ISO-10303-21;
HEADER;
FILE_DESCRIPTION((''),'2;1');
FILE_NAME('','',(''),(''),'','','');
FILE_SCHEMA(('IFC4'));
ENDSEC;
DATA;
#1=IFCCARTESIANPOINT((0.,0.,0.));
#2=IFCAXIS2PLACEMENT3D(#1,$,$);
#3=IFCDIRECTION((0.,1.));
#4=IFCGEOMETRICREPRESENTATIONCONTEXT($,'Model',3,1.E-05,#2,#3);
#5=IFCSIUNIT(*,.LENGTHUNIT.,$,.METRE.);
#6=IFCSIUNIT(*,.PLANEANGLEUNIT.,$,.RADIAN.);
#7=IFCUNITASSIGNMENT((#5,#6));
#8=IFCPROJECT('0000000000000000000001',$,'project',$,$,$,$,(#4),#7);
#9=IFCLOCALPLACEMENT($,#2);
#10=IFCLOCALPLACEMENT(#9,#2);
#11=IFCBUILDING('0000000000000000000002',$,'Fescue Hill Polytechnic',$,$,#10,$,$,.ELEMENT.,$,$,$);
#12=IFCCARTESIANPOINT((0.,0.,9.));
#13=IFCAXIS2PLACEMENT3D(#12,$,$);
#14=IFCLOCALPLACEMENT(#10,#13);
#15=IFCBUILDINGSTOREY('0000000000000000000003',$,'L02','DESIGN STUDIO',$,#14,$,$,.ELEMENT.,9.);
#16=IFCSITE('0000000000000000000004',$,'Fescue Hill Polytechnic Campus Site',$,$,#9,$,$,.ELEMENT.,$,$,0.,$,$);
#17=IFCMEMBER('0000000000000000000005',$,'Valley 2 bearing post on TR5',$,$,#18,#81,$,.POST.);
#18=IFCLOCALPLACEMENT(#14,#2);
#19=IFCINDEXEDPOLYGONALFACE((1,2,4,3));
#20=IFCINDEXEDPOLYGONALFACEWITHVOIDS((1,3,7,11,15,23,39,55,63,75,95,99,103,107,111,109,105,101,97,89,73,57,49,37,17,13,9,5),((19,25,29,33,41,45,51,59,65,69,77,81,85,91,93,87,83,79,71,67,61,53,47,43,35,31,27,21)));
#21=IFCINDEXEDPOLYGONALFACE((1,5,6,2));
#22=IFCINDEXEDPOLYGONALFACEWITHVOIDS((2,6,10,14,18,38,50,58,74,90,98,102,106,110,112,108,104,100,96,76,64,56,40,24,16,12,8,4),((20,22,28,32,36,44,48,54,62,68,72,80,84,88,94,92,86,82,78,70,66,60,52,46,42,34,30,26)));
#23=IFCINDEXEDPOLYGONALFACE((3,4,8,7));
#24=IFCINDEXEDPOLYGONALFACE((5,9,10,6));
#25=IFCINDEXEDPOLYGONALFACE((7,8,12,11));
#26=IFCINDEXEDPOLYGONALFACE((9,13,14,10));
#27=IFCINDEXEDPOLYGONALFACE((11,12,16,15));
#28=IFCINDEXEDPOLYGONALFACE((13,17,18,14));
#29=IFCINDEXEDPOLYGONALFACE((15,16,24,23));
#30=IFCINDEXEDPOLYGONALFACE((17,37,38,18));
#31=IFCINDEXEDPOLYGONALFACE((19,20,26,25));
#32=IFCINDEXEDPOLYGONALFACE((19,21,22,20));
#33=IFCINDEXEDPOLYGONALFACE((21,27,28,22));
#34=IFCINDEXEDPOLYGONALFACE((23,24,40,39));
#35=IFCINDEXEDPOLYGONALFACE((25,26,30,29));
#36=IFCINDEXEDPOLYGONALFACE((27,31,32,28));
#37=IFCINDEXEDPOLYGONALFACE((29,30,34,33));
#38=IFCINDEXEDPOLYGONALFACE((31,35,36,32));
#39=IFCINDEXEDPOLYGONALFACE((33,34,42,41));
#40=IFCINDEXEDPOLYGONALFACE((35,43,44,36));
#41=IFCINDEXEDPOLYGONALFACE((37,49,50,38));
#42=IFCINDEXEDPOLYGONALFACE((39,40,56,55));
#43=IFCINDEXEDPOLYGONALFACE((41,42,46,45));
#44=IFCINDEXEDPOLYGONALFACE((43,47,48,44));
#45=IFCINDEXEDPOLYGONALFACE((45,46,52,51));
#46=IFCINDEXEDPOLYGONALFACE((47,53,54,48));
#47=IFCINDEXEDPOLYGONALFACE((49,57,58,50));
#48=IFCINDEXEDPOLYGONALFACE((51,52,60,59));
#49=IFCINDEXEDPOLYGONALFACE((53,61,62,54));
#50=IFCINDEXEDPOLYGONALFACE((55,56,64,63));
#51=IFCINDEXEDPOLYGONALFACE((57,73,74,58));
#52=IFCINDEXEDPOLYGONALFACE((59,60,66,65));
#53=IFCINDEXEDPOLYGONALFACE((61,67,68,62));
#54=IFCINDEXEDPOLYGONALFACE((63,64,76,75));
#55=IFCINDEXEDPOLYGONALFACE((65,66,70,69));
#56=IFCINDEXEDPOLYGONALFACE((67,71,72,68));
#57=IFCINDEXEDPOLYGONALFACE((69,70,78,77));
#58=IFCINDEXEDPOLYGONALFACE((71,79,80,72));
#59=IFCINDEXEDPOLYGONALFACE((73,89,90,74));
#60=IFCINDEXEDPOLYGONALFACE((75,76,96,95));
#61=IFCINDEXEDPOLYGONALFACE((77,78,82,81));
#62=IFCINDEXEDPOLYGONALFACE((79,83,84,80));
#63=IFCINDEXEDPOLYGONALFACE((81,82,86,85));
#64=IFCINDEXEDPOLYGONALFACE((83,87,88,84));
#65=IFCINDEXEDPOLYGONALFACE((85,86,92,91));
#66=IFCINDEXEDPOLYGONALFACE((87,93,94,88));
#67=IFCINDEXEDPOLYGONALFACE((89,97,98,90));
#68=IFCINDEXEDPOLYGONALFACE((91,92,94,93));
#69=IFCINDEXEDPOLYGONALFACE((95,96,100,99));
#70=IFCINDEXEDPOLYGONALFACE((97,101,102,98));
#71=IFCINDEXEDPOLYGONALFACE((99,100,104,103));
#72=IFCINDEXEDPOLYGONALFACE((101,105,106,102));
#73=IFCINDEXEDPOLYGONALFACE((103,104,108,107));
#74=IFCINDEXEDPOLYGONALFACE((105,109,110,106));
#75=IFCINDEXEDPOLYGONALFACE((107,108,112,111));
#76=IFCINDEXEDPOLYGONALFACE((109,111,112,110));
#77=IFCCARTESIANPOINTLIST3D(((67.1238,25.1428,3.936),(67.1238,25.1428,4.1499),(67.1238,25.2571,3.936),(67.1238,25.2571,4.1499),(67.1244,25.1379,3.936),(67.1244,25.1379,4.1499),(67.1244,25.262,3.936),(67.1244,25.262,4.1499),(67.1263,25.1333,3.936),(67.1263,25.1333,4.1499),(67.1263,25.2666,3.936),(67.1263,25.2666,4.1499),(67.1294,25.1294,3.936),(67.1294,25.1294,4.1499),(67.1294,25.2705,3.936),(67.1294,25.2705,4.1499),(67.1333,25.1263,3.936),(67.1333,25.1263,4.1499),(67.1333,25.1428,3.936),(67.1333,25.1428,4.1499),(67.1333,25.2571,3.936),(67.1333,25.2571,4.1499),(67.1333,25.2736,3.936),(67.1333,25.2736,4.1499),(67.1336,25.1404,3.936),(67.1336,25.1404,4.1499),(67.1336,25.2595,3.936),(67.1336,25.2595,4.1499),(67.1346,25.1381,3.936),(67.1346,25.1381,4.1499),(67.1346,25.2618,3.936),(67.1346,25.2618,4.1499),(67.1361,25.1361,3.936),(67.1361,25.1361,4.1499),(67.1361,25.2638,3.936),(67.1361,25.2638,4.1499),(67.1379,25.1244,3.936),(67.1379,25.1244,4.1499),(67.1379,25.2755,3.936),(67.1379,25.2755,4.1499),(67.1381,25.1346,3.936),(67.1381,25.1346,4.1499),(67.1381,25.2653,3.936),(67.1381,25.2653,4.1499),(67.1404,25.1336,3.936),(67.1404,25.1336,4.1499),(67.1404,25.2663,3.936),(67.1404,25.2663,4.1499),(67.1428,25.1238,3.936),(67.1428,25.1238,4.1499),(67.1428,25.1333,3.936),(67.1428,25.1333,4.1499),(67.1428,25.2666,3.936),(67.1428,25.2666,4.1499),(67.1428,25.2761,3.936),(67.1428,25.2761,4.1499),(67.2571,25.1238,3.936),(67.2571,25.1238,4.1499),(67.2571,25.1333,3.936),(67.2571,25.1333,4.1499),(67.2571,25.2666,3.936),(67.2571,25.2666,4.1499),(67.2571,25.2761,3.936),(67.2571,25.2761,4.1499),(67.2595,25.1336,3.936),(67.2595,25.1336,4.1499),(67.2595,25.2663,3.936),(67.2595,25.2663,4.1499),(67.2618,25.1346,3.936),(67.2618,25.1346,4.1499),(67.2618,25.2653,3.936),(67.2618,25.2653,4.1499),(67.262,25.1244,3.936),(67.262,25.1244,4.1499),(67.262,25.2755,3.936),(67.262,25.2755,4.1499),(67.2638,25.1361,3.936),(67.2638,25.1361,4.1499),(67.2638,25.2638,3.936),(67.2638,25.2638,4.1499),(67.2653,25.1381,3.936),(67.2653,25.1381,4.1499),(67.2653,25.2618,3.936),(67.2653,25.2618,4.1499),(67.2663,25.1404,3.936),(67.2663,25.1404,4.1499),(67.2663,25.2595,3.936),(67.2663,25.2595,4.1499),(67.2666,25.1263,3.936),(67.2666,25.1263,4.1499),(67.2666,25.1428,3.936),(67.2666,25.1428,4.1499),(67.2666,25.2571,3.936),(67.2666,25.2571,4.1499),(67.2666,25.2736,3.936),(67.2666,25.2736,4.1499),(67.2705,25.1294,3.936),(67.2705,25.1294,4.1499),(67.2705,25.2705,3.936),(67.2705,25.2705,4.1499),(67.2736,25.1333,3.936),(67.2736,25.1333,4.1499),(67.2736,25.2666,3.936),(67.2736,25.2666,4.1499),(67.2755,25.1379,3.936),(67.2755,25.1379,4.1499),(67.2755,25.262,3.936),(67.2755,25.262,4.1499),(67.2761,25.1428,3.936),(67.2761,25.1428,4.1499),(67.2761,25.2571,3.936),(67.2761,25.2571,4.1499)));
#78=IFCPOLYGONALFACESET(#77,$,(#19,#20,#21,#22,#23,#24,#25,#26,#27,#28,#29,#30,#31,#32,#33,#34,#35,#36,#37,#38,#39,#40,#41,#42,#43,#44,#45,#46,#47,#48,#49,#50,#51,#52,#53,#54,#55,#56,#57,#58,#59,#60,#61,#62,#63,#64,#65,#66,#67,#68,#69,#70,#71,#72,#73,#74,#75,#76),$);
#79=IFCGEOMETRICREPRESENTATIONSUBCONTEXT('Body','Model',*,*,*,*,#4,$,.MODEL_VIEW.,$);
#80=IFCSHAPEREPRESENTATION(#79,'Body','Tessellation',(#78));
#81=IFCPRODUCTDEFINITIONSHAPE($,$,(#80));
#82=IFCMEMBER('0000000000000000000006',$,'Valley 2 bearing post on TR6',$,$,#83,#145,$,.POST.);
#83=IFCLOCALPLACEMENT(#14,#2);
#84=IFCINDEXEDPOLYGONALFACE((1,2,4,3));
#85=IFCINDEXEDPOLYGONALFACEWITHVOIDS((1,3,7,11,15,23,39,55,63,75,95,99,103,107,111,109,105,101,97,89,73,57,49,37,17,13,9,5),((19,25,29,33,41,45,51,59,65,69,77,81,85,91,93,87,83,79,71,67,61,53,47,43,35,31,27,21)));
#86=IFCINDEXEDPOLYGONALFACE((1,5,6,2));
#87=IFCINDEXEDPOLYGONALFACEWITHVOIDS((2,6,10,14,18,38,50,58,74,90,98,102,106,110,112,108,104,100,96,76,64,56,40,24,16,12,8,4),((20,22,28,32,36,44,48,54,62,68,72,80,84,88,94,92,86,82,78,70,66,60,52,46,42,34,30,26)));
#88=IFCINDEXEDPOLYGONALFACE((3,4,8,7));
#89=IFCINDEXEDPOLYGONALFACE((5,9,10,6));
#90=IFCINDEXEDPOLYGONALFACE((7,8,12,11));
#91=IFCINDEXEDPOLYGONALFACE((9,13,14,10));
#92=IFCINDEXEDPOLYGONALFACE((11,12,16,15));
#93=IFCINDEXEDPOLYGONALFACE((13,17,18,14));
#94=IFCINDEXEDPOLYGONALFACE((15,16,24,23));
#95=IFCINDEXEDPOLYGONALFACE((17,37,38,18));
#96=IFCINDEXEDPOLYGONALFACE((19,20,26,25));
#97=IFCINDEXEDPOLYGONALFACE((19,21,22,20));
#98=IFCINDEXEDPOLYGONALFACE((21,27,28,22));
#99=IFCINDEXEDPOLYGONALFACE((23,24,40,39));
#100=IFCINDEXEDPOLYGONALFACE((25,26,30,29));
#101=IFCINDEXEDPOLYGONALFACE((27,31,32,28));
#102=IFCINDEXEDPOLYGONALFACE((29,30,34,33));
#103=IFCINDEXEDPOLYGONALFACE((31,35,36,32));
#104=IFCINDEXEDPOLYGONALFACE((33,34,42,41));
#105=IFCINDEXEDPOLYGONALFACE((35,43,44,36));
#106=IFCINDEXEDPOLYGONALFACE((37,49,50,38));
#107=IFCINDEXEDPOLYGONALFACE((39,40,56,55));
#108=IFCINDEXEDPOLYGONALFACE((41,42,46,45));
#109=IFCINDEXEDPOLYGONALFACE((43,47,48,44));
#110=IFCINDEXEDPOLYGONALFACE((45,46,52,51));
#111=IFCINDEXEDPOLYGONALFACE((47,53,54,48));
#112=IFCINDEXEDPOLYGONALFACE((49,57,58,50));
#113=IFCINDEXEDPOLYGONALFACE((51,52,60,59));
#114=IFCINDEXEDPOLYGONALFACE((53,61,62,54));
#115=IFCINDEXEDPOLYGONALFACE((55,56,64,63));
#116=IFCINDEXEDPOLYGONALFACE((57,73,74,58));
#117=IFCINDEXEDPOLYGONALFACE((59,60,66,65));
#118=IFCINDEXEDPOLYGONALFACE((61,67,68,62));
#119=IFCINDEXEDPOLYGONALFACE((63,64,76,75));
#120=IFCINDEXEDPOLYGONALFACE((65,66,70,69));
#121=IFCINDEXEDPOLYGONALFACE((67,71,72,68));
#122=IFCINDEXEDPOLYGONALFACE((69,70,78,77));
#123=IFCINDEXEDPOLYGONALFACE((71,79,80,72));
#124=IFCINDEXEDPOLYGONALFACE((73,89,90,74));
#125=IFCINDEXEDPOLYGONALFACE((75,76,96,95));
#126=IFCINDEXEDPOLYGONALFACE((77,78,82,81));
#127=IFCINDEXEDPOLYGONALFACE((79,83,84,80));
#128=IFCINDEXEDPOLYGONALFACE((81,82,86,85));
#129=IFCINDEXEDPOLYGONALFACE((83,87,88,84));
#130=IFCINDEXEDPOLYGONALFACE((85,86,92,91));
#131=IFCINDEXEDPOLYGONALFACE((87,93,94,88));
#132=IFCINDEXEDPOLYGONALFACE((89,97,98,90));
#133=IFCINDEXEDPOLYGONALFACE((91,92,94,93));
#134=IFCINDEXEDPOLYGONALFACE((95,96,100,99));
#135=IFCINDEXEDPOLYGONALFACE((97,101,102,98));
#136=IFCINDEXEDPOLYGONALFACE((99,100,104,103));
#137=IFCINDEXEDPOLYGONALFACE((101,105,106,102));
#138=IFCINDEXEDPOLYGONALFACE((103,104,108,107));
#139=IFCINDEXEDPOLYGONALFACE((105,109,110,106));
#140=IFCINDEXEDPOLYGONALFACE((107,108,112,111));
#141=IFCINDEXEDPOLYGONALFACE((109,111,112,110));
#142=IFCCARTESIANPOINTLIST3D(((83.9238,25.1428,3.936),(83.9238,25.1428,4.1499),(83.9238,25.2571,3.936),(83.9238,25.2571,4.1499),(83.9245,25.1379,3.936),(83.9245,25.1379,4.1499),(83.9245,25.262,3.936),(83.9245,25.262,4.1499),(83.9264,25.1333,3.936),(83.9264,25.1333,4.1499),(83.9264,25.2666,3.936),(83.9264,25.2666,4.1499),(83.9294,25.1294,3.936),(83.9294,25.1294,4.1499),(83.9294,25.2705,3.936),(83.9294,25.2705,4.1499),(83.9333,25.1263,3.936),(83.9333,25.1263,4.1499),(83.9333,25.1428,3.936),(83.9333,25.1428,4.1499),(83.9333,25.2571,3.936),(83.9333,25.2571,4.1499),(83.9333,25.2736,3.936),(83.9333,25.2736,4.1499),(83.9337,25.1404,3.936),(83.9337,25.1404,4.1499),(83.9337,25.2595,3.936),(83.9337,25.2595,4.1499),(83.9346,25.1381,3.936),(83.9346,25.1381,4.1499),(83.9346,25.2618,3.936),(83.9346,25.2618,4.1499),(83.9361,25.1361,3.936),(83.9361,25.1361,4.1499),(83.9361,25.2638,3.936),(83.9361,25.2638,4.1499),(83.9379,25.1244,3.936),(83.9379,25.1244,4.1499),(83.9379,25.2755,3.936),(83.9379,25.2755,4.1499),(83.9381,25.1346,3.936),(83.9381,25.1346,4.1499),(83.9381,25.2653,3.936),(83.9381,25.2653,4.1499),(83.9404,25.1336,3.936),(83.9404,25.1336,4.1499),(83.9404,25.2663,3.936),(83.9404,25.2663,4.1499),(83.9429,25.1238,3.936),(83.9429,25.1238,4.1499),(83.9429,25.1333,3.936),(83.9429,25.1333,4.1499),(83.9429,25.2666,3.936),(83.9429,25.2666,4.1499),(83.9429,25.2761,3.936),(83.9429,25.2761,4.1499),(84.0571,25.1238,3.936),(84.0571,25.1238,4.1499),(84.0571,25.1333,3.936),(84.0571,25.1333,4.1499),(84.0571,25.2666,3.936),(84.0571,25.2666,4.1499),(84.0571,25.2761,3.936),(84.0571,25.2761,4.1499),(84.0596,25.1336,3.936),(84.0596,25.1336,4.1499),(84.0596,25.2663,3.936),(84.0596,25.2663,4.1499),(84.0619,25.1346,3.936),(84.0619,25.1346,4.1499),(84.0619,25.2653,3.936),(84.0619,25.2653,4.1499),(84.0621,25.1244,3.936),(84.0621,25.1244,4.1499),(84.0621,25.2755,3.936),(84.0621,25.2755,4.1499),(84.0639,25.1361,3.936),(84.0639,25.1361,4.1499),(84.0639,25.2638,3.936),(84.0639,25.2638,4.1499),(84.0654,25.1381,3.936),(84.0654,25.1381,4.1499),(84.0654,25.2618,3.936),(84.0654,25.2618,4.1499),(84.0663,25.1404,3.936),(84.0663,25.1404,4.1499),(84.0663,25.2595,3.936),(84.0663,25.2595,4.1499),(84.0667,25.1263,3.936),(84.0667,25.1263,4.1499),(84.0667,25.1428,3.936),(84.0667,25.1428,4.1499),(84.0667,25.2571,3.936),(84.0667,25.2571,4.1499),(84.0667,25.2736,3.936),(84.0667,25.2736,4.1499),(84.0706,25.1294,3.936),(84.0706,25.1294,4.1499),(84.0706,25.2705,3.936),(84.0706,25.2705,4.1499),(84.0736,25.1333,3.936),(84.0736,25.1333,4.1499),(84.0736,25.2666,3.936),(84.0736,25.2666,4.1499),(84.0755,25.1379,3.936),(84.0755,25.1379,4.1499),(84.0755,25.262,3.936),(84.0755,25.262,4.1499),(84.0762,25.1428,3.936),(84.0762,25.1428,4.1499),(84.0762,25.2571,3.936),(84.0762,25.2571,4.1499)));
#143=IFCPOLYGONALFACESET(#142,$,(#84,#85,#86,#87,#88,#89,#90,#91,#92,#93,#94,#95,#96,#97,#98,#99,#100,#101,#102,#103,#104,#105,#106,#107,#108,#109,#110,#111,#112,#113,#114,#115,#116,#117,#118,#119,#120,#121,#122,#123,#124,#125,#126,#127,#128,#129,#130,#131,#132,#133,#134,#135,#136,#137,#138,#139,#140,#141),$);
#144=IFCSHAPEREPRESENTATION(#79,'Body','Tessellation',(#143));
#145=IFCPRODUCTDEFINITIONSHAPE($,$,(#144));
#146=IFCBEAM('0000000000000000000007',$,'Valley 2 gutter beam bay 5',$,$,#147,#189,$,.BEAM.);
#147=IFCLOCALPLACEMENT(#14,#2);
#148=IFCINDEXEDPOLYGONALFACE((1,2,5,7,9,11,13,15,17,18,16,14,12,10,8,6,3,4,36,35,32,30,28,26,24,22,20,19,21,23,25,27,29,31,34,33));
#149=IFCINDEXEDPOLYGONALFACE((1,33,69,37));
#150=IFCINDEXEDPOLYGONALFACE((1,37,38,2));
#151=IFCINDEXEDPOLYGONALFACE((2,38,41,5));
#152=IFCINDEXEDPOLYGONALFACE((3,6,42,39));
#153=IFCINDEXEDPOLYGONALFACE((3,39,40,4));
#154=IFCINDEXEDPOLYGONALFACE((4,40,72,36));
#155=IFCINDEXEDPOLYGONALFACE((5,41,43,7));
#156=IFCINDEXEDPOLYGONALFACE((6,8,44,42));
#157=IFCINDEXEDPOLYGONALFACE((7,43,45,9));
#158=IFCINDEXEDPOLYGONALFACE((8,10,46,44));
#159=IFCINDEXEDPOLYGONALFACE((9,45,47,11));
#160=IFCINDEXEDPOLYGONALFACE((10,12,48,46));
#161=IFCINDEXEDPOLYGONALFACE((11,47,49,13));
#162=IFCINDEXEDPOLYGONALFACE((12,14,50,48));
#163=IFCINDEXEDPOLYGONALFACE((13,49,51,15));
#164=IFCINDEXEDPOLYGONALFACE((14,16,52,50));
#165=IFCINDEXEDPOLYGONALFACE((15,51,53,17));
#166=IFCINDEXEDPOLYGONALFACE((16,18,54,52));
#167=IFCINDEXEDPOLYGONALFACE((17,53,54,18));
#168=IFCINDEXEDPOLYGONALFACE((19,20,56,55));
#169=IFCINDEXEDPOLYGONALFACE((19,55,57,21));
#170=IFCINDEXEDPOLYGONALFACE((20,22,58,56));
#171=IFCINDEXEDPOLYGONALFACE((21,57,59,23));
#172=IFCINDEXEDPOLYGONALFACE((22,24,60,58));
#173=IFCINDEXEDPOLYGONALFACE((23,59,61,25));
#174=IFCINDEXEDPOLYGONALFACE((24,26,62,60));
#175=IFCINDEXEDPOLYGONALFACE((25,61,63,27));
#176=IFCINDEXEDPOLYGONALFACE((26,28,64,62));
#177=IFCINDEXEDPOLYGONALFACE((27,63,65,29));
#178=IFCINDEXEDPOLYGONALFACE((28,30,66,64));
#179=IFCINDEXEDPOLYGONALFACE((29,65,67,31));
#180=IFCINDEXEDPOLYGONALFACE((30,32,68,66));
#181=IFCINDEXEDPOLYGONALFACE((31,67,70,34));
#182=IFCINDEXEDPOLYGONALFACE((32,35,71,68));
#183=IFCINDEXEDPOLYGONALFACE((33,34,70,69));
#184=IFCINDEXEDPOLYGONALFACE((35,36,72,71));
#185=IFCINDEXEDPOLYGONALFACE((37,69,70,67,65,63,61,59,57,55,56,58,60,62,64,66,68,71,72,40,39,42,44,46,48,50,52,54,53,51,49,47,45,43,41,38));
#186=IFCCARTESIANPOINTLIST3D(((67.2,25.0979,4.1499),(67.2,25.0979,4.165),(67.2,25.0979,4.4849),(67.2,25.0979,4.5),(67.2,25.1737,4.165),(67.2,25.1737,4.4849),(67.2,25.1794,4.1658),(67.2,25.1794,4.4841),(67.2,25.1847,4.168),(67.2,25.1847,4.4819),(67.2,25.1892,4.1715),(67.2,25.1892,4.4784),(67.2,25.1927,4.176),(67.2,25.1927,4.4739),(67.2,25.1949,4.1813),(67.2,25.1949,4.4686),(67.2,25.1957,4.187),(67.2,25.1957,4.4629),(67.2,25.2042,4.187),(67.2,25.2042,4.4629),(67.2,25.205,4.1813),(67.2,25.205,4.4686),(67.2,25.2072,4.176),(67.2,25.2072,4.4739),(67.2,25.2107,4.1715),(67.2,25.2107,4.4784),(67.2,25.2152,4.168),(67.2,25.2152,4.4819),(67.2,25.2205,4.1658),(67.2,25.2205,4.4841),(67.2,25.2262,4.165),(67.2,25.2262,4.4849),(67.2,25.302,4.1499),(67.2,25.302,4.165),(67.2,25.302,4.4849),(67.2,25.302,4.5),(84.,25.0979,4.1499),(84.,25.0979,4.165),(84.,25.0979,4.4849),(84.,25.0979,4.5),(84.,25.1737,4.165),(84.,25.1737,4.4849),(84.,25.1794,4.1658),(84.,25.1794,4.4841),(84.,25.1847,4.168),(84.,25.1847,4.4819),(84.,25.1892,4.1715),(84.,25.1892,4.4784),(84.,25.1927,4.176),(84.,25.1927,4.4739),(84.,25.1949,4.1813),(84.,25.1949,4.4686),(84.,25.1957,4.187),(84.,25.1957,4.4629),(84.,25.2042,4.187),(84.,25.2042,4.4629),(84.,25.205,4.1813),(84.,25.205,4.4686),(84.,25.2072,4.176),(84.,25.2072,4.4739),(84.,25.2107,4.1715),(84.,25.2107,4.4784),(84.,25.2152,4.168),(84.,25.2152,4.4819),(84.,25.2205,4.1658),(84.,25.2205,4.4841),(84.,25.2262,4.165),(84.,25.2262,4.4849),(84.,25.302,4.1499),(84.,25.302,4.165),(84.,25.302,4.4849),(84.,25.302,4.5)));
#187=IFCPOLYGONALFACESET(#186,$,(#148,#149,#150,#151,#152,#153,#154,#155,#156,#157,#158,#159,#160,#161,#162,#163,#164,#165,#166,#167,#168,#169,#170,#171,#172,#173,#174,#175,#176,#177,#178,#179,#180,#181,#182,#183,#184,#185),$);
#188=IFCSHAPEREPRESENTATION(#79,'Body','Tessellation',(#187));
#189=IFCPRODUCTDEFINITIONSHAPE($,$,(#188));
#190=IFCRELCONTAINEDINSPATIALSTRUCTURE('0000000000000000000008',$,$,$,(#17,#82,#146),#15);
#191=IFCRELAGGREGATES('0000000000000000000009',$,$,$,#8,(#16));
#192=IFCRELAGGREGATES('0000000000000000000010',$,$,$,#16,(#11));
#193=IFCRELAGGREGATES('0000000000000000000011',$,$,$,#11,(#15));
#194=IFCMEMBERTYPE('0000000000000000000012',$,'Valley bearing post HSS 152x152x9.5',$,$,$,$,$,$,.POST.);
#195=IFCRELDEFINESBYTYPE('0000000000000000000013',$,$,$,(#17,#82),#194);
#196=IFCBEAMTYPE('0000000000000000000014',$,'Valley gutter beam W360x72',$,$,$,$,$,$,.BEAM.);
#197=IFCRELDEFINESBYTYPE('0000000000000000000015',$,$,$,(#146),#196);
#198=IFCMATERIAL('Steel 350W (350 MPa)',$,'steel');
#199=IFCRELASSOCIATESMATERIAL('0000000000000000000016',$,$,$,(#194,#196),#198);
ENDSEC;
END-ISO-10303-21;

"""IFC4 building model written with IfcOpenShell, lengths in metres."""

from ifc_helpers import new_model, si_unit, direction, frame, origin, origin_2d, place, context, subcontext, project, spatial, hollow_rectangle, i_section, extrude, material, material_profile, profile_set, type_object, element, save


model = new_model("IFC4")

# Units and contexts
model_context = context("Model", 3, precision=1e-05, world=origin(), true_north=direction((0.0, 1.0)))
body_context = subcontext(model_context, "Body", "Model", "MODEL_VIEW")
ifc_project = project(units=[si_unit("LENGTHUNIT", "METRE"), si_unit("PLANEANGLEUNIT", "RADIAN")], contexts=[model_context])

# Site, building, storey
site_placement = place(None, origin())
site = spatial("IfcSite", under=ifc_project, at=site_placement, Name="Fescue Hill Polytechnic Campus Site", CompositionType="ELEMENT", RefElevation=0.0)
building_placement = place(site_placement, origin())
building = spatial("IfcBuilding", under=site, at=building_placement, Name="Fescue Hill Polytechnic", CompositionType="ELEMENT")
storey_placement = place(building_placement, frame((0.0, 0.0, 9.0)))
storey = spatial("IfcBuildingStorey", under=building, at=storey_placement, Name="L02", Description="DESIGN STUDIO", CompositionType="ELEMENT", Elevation=9.0)

# Members
ifc_material = material(Name="Steel 350W (350 MPa)", Category="steel")
ifc_material_profile_1 = material_profile(ifc_material, hollow_rectangle(XDim=0.1523, YDim=0.1523, WallThickness=0.0095, InnerFilletRadius=0.0095, OuterFilletRadius=0.019, at=origin_2d()), Name="Valley bearing post HSS 152x152x9.5")
ifc_profile_set_1 = profile_set([ifc_material_profile_1], Name="Steel 350W (350 MPa)")
member_type_1 = type_object("IfcMemberType", Name="Valley bearing post HSS 152x152x9.5", PredefinedType="POST", material=ifc_profile_set_1)
for number, where, z_axis, x_axis, name in (
    (1, (67.2, 25.2, 3.936), (0.0, 0.0, 1.0), (1.0, 0.0, 0.0), "Valley 2 bearing post on TR5"),
    (2, (84.0, 25.2, 3.936), (0.0, 0.0, 1.0), (1.0, 0.0, 0.0), "Valley 2 bearing post on TR6"),
):
    element("IfcMember", number, at=place(storey_placement, frame(where, z_axis=z_axis, x_axis=x_axis)), inside=storey, type_object=member_type_1, Name=name, PredefinedType="POST", context=body_context, shape_type="SweptSolid", body=[
        extrude(hollow_rectangle(XDim=0.1523, YDim=0.1523, WallThickness=0.0095, InnerFilletRadius=0.0095, OuterFilletRadius=0.019, at=origin_2d()), origin(), (0.0, 0.0, 1.0), 0.2139),
    ])

# Beam
ifc_material_profile_2 = material_profile(ifc_material, i_section(OverallWidth=0.2041, OverallDepth=0.3501, WebThickness=0.0085, FlangeThickness=0.0151, FilletRadius=0.022, at=origin_2d()), Name="W360x72")
ifc_profile_set_2 = profile_set([ifc_material_profile_2], Name="Steel 350W (350 MPa)")
beam_type = type_object("IfcBeamType", Name="Valley gutter beam W360x72", PredefinedType="BEAM", material=ifc_profile_set_2)
for number, where, z_axis, x_axis, name in (
    (3, (67.2, 25.2, 4.325), (1.0, 0.0, 0.0), (0.0, 1.0, 0.0), "Valley 2 gutter beam bay 5"),
):
    element("IfcBeam", number, at=place(storey_placement, frame(where, z_axis=z_axis, x_axis=x_axis)), inside=storey, type_object=beam_type, Name=name, PredefinedType="BEAM", context=body_context, shape_type="SweptSolid", body=[
        extrude(i_section(OverallWidth=0.2041, OverallDepth=0.3501, WebThickness=0.0085, FlangeThickness=0.0151, FilletRadius=0.022, at=origin_2d()), origin(), (0.0, 0.0, 1.0), 16.8),
    ])

save(model, "model.ifc")
